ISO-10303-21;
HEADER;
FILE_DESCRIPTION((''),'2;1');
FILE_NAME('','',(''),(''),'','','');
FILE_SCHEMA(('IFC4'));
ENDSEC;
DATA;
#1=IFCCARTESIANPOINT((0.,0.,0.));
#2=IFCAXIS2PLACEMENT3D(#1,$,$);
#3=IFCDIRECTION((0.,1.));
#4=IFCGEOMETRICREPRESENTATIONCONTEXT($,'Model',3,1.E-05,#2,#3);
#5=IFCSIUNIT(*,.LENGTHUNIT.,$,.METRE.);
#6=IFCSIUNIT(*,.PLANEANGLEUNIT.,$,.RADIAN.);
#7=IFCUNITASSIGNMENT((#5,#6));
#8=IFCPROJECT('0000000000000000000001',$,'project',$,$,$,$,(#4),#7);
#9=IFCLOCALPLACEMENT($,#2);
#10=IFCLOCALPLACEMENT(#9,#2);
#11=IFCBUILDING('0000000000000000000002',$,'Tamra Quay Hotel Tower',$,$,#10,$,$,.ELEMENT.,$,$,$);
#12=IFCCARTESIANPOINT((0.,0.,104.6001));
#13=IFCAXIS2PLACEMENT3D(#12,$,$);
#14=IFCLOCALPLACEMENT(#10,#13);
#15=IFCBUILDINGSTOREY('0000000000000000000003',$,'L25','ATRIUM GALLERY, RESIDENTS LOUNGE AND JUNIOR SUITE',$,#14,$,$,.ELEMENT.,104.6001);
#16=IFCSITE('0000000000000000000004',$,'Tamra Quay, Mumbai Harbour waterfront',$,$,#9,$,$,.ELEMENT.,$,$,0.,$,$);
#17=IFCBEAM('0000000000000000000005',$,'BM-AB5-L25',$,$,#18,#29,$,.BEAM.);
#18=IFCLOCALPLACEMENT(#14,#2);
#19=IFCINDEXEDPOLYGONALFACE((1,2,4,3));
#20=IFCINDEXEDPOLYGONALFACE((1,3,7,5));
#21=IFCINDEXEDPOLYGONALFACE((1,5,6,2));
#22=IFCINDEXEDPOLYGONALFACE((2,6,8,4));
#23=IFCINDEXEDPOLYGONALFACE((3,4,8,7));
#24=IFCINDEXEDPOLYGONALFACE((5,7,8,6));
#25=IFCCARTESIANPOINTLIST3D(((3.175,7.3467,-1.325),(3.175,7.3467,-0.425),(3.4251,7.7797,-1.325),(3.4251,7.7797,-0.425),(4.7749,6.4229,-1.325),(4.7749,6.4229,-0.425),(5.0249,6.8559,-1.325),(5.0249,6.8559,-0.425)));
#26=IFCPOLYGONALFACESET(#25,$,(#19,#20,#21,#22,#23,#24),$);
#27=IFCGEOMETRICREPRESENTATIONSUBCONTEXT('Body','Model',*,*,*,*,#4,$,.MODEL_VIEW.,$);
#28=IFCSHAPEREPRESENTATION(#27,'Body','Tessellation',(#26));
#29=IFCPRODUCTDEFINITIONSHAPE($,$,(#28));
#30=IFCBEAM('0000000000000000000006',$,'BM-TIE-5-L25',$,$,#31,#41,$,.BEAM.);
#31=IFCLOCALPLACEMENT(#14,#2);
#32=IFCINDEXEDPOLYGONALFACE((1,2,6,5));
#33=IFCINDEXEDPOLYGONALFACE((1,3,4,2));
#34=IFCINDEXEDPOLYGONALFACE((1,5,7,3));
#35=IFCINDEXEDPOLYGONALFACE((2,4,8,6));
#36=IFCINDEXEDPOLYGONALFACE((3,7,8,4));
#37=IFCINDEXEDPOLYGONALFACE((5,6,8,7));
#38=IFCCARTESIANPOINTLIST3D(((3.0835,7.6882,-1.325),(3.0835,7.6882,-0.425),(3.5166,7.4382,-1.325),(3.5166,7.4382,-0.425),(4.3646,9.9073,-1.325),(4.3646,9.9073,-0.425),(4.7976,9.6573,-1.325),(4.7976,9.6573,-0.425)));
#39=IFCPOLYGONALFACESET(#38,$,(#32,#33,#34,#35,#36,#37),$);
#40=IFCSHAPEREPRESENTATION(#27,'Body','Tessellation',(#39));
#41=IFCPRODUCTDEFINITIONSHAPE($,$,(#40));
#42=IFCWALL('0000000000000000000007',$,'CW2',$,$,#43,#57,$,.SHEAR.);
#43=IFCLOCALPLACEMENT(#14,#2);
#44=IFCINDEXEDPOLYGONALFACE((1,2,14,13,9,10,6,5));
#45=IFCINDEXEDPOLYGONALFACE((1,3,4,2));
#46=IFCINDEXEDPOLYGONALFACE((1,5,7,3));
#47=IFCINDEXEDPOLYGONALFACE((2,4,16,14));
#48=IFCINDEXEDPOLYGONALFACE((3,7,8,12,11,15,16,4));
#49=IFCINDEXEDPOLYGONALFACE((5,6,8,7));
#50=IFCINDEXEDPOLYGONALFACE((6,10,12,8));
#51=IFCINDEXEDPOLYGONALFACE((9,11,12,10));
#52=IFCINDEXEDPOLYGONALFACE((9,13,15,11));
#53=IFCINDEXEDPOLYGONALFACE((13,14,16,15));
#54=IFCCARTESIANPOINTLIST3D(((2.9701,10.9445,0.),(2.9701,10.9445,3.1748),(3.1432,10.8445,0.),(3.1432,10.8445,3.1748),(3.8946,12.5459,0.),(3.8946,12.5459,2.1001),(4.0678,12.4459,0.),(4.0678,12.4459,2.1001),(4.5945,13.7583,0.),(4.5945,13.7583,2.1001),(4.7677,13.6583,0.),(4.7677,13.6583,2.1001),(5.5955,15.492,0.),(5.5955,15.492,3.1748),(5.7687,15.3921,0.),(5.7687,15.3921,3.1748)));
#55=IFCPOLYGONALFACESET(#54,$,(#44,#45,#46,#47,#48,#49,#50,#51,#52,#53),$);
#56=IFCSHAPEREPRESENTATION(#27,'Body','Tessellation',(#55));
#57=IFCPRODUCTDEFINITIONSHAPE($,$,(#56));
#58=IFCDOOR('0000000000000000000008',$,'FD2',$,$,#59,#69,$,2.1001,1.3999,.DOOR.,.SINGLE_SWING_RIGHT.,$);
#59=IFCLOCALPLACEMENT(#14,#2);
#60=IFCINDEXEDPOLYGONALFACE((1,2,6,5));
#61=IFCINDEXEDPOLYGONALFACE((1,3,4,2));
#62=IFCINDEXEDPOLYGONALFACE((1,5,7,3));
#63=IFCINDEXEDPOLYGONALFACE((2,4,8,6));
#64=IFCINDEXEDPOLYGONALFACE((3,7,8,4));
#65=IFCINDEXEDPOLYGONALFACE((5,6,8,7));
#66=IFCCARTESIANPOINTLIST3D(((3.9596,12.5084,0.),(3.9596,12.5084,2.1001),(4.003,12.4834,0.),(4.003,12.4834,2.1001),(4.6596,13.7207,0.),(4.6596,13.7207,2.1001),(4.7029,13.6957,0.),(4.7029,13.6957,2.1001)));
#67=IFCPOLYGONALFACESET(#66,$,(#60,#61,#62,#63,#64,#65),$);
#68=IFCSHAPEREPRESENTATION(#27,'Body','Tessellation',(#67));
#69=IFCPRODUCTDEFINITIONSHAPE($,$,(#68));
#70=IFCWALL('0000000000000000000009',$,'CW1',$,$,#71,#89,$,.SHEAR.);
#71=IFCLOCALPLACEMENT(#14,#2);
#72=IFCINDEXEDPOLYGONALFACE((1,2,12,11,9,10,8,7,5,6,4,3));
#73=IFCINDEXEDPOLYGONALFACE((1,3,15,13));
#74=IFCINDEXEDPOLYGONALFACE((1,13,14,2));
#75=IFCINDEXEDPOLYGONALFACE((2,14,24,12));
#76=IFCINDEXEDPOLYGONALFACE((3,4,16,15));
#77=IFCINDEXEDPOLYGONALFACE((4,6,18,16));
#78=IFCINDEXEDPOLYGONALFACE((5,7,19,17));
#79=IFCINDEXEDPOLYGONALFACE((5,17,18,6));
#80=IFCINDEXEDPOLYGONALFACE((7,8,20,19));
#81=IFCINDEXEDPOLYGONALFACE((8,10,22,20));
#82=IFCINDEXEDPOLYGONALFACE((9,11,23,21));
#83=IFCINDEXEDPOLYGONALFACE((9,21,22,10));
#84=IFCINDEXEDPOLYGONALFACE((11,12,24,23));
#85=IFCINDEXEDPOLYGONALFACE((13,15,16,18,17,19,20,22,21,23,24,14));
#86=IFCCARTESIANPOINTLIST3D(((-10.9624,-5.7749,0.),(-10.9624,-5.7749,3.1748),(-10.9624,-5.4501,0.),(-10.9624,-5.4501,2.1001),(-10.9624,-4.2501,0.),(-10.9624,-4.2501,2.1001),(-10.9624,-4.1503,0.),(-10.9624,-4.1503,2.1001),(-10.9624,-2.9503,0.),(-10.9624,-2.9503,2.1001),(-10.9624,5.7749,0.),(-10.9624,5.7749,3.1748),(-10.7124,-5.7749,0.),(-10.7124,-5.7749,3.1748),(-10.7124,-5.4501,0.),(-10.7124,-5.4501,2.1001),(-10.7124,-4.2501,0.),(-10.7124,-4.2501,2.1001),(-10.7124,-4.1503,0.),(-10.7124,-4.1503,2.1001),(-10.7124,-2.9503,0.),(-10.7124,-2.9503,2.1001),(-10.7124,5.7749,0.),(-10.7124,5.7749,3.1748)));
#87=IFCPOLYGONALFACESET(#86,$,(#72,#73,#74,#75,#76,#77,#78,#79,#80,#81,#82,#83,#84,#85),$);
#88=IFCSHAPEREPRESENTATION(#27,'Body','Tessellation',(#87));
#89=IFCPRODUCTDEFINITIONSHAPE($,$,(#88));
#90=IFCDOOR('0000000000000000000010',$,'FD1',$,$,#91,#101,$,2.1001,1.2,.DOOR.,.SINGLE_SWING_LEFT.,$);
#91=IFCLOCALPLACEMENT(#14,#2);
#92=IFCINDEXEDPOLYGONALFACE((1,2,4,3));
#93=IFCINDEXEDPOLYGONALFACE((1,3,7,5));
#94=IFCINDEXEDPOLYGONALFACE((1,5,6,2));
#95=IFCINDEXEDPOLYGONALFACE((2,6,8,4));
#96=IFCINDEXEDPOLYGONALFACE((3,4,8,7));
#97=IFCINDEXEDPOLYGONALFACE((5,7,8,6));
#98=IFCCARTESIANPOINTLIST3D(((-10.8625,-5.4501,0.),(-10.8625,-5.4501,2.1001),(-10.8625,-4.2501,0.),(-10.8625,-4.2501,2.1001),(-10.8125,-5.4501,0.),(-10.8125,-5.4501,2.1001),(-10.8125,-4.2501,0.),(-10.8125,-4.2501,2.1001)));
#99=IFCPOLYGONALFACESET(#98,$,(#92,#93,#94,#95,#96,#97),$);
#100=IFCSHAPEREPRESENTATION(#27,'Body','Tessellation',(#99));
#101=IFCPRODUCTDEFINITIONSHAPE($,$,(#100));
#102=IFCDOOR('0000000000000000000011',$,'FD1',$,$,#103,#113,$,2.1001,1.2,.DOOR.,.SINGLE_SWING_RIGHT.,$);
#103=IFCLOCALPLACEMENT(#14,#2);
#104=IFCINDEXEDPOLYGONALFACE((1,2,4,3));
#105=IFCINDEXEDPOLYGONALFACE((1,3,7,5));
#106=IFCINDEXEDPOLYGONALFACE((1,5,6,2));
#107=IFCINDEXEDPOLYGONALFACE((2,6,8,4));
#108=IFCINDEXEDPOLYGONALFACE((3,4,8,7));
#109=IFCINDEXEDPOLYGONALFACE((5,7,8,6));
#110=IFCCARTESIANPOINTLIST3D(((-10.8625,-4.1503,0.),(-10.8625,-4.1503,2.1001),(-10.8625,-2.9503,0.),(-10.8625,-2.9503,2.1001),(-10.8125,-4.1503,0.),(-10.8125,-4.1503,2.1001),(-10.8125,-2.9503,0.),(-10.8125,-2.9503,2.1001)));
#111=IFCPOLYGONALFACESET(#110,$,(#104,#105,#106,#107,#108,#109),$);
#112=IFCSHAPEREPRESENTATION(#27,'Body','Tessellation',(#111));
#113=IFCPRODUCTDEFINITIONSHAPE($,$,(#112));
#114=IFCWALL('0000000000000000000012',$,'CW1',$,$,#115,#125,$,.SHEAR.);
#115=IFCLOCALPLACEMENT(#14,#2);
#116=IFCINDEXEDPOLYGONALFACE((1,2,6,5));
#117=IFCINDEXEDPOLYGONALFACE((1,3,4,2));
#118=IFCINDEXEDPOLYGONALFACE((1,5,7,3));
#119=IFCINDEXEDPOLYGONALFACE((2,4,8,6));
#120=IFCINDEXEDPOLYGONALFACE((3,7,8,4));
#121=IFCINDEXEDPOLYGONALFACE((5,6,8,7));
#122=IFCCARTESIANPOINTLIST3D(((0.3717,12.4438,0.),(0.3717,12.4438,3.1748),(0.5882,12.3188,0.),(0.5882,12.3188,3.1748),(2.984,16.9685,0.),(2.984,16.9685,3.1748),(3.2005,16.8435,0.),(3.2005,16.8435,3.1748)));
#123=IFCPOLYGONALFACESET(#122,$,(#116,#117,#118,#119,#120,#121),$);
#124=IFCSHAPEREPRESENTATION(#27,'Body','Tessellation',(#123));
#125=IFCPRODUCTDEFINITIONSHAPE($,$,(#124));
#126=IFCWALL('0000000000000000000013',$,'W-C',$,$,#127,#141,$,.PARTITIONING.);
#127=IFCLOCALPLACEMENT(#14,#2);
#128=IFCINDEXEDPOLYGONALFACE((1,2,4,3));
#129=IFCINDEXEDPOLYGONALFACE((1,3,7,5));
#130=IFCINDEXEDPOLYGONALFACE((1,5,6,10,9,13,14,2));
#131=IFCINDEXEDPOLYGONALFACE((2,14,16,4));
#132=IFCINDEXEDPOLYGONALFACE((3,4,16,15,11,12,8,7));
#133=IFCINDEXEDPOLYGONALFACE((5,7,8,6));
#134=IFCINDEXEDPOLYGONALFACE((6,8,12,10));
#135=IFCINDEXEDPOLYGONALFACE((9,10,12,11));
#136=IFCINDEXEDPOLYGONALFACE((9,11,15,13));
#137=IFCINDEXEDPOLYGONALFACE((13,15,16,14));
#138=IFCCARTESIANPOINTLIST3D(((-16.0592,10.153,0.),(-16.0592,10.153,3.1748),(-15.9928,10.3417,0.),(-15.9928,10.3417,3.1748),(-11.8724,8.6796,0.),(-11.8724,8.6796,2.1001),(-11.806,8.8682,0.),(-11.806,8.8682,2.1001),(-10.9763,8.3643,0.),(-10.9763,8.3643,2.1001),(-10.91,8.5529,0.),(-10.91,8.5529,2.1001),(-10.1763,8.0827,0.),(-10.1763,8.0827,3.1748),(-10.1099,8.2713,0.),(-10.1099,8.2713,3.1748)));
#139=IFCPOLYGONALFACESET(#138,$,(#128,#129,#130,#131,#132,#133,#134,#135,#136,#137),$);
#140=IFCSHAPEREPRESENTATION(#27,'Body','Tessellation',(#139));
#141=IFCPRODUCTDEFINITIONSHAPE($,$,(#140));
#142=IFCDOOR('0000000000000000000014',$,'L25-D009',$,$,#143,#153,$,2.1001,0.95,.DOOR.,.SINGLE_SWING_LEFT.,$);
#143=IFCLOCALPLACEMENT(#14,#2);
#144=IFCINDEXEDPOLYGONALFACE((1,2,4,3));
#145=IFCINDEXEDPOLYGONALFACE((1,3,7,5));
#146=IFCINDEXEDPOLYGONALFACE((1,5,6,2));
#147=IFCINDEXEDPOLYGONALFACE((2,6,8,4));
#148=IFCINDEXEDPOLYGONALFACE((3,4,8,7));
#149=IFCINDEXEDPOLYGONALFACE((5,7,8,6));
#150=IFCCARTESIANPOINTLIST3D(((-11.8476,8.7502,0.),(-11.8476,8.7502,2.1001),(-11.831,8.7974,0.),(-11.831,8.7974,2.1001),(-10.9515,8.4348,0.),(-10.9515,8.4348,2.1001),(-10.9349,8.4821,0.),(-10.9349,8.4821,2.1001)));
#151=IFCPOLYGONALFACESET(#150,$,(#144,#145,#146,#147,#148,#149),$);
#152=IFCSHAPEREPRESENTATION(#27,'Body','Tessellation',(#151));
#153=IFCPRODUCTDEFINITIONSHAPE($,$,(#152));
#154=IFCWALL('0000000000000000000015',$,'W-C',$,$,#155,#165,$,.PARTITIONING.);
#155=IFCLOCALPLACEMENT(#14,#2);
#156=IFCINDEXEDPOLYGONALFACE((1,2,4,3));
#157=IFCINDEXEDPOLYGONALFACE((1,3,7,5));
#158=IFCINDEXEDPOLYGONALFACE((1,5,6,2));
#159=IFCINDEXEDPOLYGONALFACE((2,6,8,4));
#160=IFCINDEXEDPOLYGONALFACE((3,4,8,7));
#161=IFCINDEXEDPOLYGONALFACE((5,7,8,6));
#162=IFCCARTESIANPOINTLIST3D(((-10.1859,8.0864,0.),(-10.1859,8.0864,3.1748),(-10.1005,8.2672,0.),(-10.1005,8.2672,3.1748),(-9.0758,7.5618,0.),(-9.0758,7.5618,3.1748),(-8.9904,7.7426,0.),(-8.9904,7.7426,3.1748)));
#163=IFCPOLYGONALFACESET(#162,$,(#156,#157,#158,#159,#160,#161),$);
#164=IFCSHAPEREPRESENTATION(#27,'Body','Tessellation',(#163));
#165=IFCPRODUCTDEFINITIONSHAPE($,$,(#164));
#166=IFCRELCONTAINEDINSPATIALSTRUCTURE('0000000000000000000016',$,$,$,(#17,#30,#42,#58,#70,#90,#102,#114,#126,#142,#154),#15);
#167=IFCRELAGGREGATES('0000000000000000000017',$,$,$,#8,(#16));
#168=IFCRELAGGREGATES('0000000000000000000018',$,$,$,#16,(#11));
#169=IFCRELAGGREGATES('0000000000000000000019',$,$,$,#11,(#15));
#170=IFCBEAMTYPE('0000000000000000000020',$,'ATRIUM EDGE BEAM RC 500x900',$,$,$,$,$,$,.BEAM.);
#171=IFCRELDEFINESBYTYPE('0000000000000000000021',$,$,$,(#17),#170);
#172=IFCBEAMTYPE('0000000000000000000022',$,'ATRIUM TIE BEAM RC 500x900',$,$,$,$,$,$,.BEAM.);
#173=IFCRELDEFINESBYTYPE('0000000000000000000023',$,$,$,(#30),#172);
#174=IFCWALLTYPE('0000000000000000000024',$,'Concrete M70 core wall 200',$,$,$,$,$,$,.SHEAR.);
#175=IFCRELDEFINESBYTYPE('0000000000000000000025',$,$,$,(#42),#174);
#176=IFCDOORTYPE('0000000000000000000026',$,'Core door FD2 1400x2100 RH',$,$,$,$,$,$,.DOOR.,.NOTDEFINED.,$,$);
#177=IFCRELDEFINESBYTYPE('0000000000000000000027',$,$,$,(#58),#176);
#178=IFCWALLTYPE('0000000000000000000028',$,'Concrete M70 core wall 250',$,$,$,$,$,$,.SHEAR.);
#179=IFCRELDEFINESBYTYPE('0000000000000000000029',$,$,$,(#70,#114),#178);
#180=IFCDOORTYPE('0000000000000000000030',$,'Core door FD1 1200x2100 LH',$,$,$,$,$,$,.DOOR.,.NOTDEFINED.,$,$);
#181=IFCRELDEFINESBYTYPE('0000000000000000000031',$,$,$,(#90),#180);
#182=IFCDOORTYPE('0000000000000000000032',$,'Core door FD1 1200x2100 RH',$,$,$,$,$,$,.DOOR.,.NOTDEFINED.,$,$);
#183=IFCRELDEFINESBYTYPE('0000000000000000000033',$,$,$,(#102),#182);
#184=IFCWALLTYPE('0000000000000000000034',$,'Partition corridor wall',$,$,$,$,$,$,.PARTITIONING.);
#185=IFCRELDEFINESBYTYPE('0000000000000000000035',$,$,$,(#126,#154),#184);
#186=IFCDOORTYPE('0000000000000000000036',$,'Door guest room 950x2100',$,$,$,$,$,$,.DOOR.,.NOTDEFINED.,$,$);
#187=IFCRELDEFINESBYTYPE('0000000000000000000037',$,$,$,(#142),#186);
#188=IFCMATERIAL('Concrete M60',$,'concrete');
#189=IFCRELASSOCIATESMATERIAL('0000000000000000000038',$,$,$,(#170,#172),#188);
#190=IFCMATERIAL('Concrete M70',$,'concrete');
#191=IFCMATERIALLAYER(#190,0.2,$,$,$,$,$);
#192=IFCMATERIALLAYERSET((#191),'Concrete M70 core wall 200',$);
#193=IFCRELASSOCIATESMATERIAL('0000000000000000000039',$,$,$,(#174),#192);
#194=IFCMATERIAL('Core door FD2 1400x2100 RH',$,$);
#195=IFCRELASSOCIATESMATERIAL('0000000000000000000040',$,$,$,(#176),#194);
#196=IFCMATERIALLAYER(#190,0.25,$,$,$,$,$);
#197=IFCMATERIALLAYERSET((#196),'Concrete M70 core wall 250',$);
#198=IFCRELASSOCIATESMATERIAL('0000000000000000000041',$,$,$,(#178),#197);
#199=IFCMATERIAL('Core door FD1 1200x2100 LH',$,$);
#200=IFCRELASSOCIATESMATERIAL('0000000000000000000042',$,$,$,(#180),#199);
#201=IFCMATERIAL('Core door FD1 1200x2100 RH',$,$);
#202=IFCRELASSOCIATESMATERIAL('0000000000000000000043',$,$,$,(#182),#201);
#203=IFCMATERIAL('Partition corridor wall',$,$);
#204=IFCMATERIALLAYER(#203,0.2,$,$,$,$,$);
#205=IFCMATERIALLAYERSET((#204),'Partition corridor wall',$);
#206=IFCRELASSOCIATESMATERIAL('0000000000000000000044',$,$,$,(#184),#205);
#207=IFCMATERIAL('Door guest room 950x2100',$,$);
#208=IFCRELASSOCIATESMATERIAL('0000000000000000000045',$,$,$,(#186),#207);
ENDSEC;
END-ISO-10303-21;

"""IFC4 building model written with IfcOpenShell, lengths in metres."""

from ifc_helpers import new_model, si_unit, direction, frame, frame_2d, origin, origin_2d, place, context, subcontext, project, spatial, rectangle, extrude, material, layer, layer_set, material_profile, profile_set, type_object, element, fill, save


model = new_model("IFC4")

# Units and contexts
model_context = context("Model", 3, precision=1e-05, world=origin(), true_north=direction((0.0, 1.0)))
body_context = subcontext(model_context, "Body", "Model", "MODEL_VIEW")
ifc_project = project(units=[si_unit("LENGTHUNIT", "METRE"), si_unit("PLANEANGLEUNIT", "RADIAN")], contexts=[model_context])

# Site, building, storey
site_placement = place(None, origin())
site = spatial("IfcSite", under=ifc_project, at=site_placement, Name="Tamra Quay, Mumbai Harbour waterfront", CompositionType="ELEMENT", RefElevation=0.0)
building_placement = place(site_placement, origin())
building = spatial("IfcBuilding", under=site, at=building_placement, Name="Tamra Quay Hotel Tower", CompositionType="ELEMENT")
storey_placement = place(building_placement, frame((0.0, 0.0, 104.6001)))
storey = spatial("IfcBuildingStorey", under=building, at=storey_placement, Name="L25", Description="ATRIUM GALLERY, RESIDENTS LOUNGE AND JUNIOR SUITE", CompositionType="ELEMENT", Elevation=104.6001)

# Beams
ifc_material_1 = material(Name="Concrete M60", Category="concrete")
ifc_material_profile_1 = material_profile(ifc_material_1, rectangle(XDim=0.5, YDim=0.8999, at=origin_2d()), Name="ATRIUM EDGE BEAM RC 500x900")
ifc_profile_set_1 = profile_set([ifc_material_profile_1], Name="Concrete M60")
beam_type_1 = type_object("IfcBeamType", Name="ATRIUM EDGE BEAM RC 500x900", PredefinedType="BEAM", material=ifc_profile_set_1)
beam_1_placement = place(storey_placement, frame((3.3, 7.5632, -0.875), z_axis=(0.86599, -0.500062, 0.0), x_axis=(0.500062, 0.86599, 0.0)))
element("IfcBeam", 1, at=beam_1_placement, inside=storey, type_object=beam_type_1, Name="BM-AB5-L25", PredefinedType="BEAM", context=body_context, shape_type="SweptSolid", body=[
    extrude(rectangle(XDim=0.5, YDim=0.8999, at=origin_2d()), origin(), (0.0, 0.0, 1.0), 1.8474),
])
ifc_material_profile_2 = material_profile(ifc_material_1, rectangle(XDim=0.5, YDim=0.8999, at=origin_2d()), Name="ATRIUM TIE BEAM RC 500x900")
ifc_profile_set_2 = profile_set([ifc_material_profile_2], Name="Concrete M60")
beam_type_2 = type_object("IfcBeamType", Name="ATRIUM TIE BEAM RC 500x900", PredefinedType="BEAM", material=ifc_profile_set_2)
beam_2_placement = place(storey_placement, frame((3.3, 7.5632, -0.875), z_axis=(0.499962, 0.866048, 0.0), x_axis=(-0.866048, 0.499962, 0.0)))
element("IfcBeam", 2, at=beam_2_placement, inside=storey, type_object=beam_type_2, Name="BM-TIE-5-L25", PredefinedType="BEAM", context=body_context, shape_type="SweptSolid", body=[
    extrude(rectangle(XDim=0.5, YDim=0.8999, at=origin_2d()), origin(), (0.0, 0.0, 1.0), 2.5623),
])

# Wall, opening, door
ifc_material_2 = material(Name="Concrete M70", Category="concrete")
ifc_layer_1 = layer(ifc_material_2, 0.2)
ifc_layer_set_1 = layer_set([ifc_layer_1], Name="Concrete M70 core wall 200")
wall_type_1 = type_object("IfcWallType", Name="Concrete M70 core wall 200", PredefinedType="SHEAR", material=ifc_layer_set_1)
wall_1_placement = place(storey_placement, frame((3.0566, 10.8945, 0.0), z_axis=(0.0, 0.0, 1.0), x_axis=(0.499989, 0.866032, 0.0)))
wall_1 = element("IfcWall", 3, at=wall_1_placement, inside=storey, type_object=wall_type_1, Name="CW2", PredefinedType="SHEAR", context=body_context, shape_type="SweptSolid", body=[
    extrude(rectangle(XDim=5.251, YDim=0.2, at=frame_2d((2.6255, 0.0))), origin(), (0.0, 0.0, 1.0), 3.1748),
])
opening_1_placement = place(wall_1_placement, frame((1.8491, 0.0, 0.0)))
opening_1 = element("IfcOpeningElement", 4, at=opening_1_placement, cuts=wall_1, PredefinedType="OPENING", context=body_context, shape_type="SweptSolid", body=[
    extrude(rectangle(XDim=1.3999, YDim=2.1001, at=frame_2d((0.7, 1.05))), frame((0.0, 0.1099, 0.0), z_axis=(0.0, -1.0, 0.0), x_axis=(1.0, 0.0, 0.0)), (0.0, 0.0, 1.0), 0.22),
])
ifc_material_3 = material(Name="Core door FD2 1400x2100 RH")
door_type_1 = type_object("IfcDoorType", Name="Core door FD2 1400x2100 RH", OperationType="NOTDEFINED", PredefinedType="DOOR", material=ifc_material_3)
door_1_placement = place(opening_1_placement, origin())
door_1 = element("IfcDoor", 5, at=door_1_placement, inside=storey, type_object=door_type_1, Name="FD2", OperationType="SINGLE_SWING_RIGHT", OverallHeight=2.1001, OverallWidth=1.3999, PredefinedType="DOOR", context=body_context, shape_type="SweptSolid", body=[
    extrude(rectangle(XDim=1.3999, YDim=2.1001, at=frame_2d((0.7, 1.05))), frame((0.0, 0.0249, 0.0), z_axis=(0.0, -1.0, 0.0), x_axis=(1.0, 0.0, 0.0)), (0.0, 0.0, 1.0), 0.05),
])
fill(opening_1, door_1)

# Wall, openings, doors
ifc_layer_2 = layer(ifc_material_2, 0.25)
ifc_layer_set_2 = layer_set([ifc_layer_2], Name="Concrete M70 core wall 250")
wall_type_2 = type_object("IfcWallType", Name="Concrete M70 core wall 250", PredefinedType="SHEAR", material=ifc_layer_set_2)
wall_2_placement = place(storey_placement, frame((-10.8374, 5.7749, 0.0), z_axis=(0.0, 0.0, 1.0), x_axis=(0.0, -1.0, 0.0)))
wall_2 = element("IfcWall", 6, at=wall_2_placement, inside=storey, type_object=wall_type_2, Name="CW1", PredefinedType="SHEAR", context=body_context, shape_type="SweptSolid", body=[
    extrude(rectangle(XDim=11.5498, YDim=0.25, at=frame_2d((5.7749, 0.0))), origin(), (0.0, 0.0, 1.0), 3.1748),
])
opening_2_placement = place(wall_2_placement, frame((10.0249, 0.0, 0.0)))
opening_2 = element("IfcOpeningElement", 7, at=opening_2_placement, cuts=wall_2, PredefinedType="OPENING", context=body_context, shape_type="SweptSolid", body=[
    extrude(rectangle(XDim=1.2, YDim=2.1001, at=frame_2d((0.6001, 1.05))), frame((0.0, 0.135, 0.0), z_axis=(0.0, -1.0, 0.0), x_axis=(1.0, 0.0, 0.0)), (0.0, 0.0, 1.0), 0.27),
])
opening_3_placement = place(wall_2_placement, frame((8.7251, 0.0, 0.0)))
opening_3 = element("IfcOpeningElement", 8, at=opening_3_placement, cuts=wall_2, PredefinedType="OPENING", context=body_context, shape_type="SweptSolid", body=[
    extrude(rectangle(XDim=1.2, YDim=2.1001, at=frame_2d((0.6001, 1.05))), frame((0.0, 0.135, 0.0), z_axis=(0.0, -1.0, 0.0), x_axis=(1.0, 0.0, 0.0)), (0.0, 0.0, 1.0), 0.27),
])
ifc_material_4 = material(Name="Core door FD1 1200x2100 LH")
door_type_2 = type_object("IfcDoorType", Name="Core door FD1 1200x2100 LH", OperationType="NOTDEFINED", PredefinedType="DOOR", material=ifc_material_4)
door_2_placement = place(opening_2_placement, origin())
door_2 = element("IfcDoor", 9, at=door_2_placement, inside=storey, type_object=door_type_2, Name="FD1", OperationType="SINGLE_SWING_LEFT", OverallHeight=2.1001, OverallWidth=1.2, PredefinedType="DOOR", context=body_context, shape_type="SweptSolid", body=[
    extrude(rectangle(XDim=1.2, YDim=2.1001, at=frame_2d((0.6001, 1.05))), frame((0.0, 0.0249, 0.0), z_axis=(0.0, -1.0, 0.0), x_axis=(1.0, 0.0, 0.0)), (0.0, 0.0, 1.0), 0.05),
])
fill(opening_2, door_2)
ifc_material_5 = material(Name="Core door FD1 1200x2100 RH")
door_type_3 = type_object("IfcDoorType", Name="Core door FD1 1200x2100 RH", OperationType="NOTDEFINED", PredefinedType="DOOR", material=ifc_material_5)
door_3_placement = place(opening_3_placement, origin())
door_3 = element("IfcDoor", 10, at=door_3_placement, inside=storey, type_object=door_type_3, Name="FD1", OperationType="SINGLE_SWING_RIGHT", OverallHeight=2.1001, OverallWidth=1.2, PredefinedType="DOOR", context=body_context, shape_type="SweptSolid", body=[
    extrude(rectangle(XDim=1.2, YDim=2.1001, at=frame_2d((0.6001, 1.05))), frame((0.0, 0.0249, 0.0), z_axis=(0.0, -1.0, 0.0), x_axis=(1.0, 0.0, 0.0)), (0.0, 0.0, 1.0), 0.05),
])
fill(opening_3, door_3)

# Wall
wall_3_placement = place(storey_placement, frame((0.48, 12.3813, 0.0), z_axis=(0.0, 0.0, 1.0), x_axis=(0.499999, 0.866026, 0.0)))
element("IfcWall", 11, at=wall_3_placement, inside=storey, type_object=wall_type_2, Name="CW1", PredefinedType="SHEAR", context=body_context, shape_type="SweptSolid", body=[
    extrude(rectangle(XDim=5.2246, YDim=0.25, at=frame_2d((2.6123, 0.0))), origin(), (0.0, 0.0, 1.0), 3.1748),
])

# Wall, opening, door
ifc_material_6 = material(Name="Partition corridor wall")
ifc_layer_3 = layer(ifc_material_6, 0.2)
ifc_layer_set_3 = layer_set([ifc_layer_3], Name="Partition corridor wall")
wall_type_3 = type_object("IfcWallType", Name="Partition corridor wall", PredefinedType="PARTITIONING", material=ifc_layer_set_3)
wall_4_placement = place(storey_placement, frame((-16.0259, 10.2473, 0.0), z_axis=(0.0, 0.0, 1.0), x_axis=(0.943291, -0.331968, 0.0)))
wall_4 = element("IfcWall", 12, at=wall_4_placement, inside=storey, type_object=wall_type_3, Name="W-C", PredefinedType="PARTITIONING", context=body_context, shape_type="SweptSolid", body=[
    extrude(rectangle(XDim=6.2366, YDim=0.2, at=frame_2d((3.1182, 0.0))), origin(), (0.0, 0.0, 1.0), 3.1748),
])
opening_4_placement = place(wall_4_placement, frame((4.4382, 0.0, 0.0)))
opening_4 = element("IfcOpeningElement", 13, at=opening_4_placement, cuts=wall_4, PredefinedType="OPENING", context=body_context, shape_type="SweptSolid", body=[
    extrude(rectangle(XDim=0.95, YDim=2.1001, at=frame_2d((0.4751, 1.05))), frame((0.0, 0.1099, 0.0), z_axis=(0.0, -1.0, 0.0), x_axis=(1.0, 0.0, 0.0)), (0.0, 0.0, 1.0), 0.22),
])
ifc_material_7 = material(Name="Door guest room 950x2100")
door_type_4 = type_object("IfcDoorType", Name="Door guest room 950x2100", OperationType="NOTDEFINED", PredefinedType="DOOR", material=ifc_material_7)
door_4_placement = place(opening_4_placement, origin())
door_4 = element("IfcDoor", 14, at=door_4_placement, inside=storey, type_object=door_type_4, Name="L25-D009", OperationType="SINGLE_SWING_LEFT", OverallHeight=2.1001, OverallWidth=0.95, PredefinedType="DOOR", context=body_context, shape_type="SweptSolid", body=[
    extrude(rectangle(XDim=0.95, YDim=2.1001, at=frame_2d((0.4751, 1.05))), frame((0.0, 0.0249, 0.0), z_axis=(0.0, -1.0, 0.0), x_axis=(1.0, 0.0, 0.0)), (0.0, 0.0, 1.0), 0.05),
])
fill(opening_4, door_4)

# Wall
wall_5_placement = place(storey_placement, frame((-10.1431, 8.1768, 0.0), z_axis=(0.0, 0.0, 1.0), x_axis=(0.90411, -0.4273, 0.0)))
element("IfcWall", 15, at=wall_5_placement, inside=storey, type_object=wall_type_3, Name="W-C", PredefinedType="PARTITIONING", context=body_context, shape_type="SweptSolid", body=[
    extrude(rectangle(XDim=1.2278, YDim=0.2, at=frame_2d((0.6138, 0.0))), origin(), (0.0, 0.0, 1.0), 3.1748),
])

save(model, "model.ifc")
